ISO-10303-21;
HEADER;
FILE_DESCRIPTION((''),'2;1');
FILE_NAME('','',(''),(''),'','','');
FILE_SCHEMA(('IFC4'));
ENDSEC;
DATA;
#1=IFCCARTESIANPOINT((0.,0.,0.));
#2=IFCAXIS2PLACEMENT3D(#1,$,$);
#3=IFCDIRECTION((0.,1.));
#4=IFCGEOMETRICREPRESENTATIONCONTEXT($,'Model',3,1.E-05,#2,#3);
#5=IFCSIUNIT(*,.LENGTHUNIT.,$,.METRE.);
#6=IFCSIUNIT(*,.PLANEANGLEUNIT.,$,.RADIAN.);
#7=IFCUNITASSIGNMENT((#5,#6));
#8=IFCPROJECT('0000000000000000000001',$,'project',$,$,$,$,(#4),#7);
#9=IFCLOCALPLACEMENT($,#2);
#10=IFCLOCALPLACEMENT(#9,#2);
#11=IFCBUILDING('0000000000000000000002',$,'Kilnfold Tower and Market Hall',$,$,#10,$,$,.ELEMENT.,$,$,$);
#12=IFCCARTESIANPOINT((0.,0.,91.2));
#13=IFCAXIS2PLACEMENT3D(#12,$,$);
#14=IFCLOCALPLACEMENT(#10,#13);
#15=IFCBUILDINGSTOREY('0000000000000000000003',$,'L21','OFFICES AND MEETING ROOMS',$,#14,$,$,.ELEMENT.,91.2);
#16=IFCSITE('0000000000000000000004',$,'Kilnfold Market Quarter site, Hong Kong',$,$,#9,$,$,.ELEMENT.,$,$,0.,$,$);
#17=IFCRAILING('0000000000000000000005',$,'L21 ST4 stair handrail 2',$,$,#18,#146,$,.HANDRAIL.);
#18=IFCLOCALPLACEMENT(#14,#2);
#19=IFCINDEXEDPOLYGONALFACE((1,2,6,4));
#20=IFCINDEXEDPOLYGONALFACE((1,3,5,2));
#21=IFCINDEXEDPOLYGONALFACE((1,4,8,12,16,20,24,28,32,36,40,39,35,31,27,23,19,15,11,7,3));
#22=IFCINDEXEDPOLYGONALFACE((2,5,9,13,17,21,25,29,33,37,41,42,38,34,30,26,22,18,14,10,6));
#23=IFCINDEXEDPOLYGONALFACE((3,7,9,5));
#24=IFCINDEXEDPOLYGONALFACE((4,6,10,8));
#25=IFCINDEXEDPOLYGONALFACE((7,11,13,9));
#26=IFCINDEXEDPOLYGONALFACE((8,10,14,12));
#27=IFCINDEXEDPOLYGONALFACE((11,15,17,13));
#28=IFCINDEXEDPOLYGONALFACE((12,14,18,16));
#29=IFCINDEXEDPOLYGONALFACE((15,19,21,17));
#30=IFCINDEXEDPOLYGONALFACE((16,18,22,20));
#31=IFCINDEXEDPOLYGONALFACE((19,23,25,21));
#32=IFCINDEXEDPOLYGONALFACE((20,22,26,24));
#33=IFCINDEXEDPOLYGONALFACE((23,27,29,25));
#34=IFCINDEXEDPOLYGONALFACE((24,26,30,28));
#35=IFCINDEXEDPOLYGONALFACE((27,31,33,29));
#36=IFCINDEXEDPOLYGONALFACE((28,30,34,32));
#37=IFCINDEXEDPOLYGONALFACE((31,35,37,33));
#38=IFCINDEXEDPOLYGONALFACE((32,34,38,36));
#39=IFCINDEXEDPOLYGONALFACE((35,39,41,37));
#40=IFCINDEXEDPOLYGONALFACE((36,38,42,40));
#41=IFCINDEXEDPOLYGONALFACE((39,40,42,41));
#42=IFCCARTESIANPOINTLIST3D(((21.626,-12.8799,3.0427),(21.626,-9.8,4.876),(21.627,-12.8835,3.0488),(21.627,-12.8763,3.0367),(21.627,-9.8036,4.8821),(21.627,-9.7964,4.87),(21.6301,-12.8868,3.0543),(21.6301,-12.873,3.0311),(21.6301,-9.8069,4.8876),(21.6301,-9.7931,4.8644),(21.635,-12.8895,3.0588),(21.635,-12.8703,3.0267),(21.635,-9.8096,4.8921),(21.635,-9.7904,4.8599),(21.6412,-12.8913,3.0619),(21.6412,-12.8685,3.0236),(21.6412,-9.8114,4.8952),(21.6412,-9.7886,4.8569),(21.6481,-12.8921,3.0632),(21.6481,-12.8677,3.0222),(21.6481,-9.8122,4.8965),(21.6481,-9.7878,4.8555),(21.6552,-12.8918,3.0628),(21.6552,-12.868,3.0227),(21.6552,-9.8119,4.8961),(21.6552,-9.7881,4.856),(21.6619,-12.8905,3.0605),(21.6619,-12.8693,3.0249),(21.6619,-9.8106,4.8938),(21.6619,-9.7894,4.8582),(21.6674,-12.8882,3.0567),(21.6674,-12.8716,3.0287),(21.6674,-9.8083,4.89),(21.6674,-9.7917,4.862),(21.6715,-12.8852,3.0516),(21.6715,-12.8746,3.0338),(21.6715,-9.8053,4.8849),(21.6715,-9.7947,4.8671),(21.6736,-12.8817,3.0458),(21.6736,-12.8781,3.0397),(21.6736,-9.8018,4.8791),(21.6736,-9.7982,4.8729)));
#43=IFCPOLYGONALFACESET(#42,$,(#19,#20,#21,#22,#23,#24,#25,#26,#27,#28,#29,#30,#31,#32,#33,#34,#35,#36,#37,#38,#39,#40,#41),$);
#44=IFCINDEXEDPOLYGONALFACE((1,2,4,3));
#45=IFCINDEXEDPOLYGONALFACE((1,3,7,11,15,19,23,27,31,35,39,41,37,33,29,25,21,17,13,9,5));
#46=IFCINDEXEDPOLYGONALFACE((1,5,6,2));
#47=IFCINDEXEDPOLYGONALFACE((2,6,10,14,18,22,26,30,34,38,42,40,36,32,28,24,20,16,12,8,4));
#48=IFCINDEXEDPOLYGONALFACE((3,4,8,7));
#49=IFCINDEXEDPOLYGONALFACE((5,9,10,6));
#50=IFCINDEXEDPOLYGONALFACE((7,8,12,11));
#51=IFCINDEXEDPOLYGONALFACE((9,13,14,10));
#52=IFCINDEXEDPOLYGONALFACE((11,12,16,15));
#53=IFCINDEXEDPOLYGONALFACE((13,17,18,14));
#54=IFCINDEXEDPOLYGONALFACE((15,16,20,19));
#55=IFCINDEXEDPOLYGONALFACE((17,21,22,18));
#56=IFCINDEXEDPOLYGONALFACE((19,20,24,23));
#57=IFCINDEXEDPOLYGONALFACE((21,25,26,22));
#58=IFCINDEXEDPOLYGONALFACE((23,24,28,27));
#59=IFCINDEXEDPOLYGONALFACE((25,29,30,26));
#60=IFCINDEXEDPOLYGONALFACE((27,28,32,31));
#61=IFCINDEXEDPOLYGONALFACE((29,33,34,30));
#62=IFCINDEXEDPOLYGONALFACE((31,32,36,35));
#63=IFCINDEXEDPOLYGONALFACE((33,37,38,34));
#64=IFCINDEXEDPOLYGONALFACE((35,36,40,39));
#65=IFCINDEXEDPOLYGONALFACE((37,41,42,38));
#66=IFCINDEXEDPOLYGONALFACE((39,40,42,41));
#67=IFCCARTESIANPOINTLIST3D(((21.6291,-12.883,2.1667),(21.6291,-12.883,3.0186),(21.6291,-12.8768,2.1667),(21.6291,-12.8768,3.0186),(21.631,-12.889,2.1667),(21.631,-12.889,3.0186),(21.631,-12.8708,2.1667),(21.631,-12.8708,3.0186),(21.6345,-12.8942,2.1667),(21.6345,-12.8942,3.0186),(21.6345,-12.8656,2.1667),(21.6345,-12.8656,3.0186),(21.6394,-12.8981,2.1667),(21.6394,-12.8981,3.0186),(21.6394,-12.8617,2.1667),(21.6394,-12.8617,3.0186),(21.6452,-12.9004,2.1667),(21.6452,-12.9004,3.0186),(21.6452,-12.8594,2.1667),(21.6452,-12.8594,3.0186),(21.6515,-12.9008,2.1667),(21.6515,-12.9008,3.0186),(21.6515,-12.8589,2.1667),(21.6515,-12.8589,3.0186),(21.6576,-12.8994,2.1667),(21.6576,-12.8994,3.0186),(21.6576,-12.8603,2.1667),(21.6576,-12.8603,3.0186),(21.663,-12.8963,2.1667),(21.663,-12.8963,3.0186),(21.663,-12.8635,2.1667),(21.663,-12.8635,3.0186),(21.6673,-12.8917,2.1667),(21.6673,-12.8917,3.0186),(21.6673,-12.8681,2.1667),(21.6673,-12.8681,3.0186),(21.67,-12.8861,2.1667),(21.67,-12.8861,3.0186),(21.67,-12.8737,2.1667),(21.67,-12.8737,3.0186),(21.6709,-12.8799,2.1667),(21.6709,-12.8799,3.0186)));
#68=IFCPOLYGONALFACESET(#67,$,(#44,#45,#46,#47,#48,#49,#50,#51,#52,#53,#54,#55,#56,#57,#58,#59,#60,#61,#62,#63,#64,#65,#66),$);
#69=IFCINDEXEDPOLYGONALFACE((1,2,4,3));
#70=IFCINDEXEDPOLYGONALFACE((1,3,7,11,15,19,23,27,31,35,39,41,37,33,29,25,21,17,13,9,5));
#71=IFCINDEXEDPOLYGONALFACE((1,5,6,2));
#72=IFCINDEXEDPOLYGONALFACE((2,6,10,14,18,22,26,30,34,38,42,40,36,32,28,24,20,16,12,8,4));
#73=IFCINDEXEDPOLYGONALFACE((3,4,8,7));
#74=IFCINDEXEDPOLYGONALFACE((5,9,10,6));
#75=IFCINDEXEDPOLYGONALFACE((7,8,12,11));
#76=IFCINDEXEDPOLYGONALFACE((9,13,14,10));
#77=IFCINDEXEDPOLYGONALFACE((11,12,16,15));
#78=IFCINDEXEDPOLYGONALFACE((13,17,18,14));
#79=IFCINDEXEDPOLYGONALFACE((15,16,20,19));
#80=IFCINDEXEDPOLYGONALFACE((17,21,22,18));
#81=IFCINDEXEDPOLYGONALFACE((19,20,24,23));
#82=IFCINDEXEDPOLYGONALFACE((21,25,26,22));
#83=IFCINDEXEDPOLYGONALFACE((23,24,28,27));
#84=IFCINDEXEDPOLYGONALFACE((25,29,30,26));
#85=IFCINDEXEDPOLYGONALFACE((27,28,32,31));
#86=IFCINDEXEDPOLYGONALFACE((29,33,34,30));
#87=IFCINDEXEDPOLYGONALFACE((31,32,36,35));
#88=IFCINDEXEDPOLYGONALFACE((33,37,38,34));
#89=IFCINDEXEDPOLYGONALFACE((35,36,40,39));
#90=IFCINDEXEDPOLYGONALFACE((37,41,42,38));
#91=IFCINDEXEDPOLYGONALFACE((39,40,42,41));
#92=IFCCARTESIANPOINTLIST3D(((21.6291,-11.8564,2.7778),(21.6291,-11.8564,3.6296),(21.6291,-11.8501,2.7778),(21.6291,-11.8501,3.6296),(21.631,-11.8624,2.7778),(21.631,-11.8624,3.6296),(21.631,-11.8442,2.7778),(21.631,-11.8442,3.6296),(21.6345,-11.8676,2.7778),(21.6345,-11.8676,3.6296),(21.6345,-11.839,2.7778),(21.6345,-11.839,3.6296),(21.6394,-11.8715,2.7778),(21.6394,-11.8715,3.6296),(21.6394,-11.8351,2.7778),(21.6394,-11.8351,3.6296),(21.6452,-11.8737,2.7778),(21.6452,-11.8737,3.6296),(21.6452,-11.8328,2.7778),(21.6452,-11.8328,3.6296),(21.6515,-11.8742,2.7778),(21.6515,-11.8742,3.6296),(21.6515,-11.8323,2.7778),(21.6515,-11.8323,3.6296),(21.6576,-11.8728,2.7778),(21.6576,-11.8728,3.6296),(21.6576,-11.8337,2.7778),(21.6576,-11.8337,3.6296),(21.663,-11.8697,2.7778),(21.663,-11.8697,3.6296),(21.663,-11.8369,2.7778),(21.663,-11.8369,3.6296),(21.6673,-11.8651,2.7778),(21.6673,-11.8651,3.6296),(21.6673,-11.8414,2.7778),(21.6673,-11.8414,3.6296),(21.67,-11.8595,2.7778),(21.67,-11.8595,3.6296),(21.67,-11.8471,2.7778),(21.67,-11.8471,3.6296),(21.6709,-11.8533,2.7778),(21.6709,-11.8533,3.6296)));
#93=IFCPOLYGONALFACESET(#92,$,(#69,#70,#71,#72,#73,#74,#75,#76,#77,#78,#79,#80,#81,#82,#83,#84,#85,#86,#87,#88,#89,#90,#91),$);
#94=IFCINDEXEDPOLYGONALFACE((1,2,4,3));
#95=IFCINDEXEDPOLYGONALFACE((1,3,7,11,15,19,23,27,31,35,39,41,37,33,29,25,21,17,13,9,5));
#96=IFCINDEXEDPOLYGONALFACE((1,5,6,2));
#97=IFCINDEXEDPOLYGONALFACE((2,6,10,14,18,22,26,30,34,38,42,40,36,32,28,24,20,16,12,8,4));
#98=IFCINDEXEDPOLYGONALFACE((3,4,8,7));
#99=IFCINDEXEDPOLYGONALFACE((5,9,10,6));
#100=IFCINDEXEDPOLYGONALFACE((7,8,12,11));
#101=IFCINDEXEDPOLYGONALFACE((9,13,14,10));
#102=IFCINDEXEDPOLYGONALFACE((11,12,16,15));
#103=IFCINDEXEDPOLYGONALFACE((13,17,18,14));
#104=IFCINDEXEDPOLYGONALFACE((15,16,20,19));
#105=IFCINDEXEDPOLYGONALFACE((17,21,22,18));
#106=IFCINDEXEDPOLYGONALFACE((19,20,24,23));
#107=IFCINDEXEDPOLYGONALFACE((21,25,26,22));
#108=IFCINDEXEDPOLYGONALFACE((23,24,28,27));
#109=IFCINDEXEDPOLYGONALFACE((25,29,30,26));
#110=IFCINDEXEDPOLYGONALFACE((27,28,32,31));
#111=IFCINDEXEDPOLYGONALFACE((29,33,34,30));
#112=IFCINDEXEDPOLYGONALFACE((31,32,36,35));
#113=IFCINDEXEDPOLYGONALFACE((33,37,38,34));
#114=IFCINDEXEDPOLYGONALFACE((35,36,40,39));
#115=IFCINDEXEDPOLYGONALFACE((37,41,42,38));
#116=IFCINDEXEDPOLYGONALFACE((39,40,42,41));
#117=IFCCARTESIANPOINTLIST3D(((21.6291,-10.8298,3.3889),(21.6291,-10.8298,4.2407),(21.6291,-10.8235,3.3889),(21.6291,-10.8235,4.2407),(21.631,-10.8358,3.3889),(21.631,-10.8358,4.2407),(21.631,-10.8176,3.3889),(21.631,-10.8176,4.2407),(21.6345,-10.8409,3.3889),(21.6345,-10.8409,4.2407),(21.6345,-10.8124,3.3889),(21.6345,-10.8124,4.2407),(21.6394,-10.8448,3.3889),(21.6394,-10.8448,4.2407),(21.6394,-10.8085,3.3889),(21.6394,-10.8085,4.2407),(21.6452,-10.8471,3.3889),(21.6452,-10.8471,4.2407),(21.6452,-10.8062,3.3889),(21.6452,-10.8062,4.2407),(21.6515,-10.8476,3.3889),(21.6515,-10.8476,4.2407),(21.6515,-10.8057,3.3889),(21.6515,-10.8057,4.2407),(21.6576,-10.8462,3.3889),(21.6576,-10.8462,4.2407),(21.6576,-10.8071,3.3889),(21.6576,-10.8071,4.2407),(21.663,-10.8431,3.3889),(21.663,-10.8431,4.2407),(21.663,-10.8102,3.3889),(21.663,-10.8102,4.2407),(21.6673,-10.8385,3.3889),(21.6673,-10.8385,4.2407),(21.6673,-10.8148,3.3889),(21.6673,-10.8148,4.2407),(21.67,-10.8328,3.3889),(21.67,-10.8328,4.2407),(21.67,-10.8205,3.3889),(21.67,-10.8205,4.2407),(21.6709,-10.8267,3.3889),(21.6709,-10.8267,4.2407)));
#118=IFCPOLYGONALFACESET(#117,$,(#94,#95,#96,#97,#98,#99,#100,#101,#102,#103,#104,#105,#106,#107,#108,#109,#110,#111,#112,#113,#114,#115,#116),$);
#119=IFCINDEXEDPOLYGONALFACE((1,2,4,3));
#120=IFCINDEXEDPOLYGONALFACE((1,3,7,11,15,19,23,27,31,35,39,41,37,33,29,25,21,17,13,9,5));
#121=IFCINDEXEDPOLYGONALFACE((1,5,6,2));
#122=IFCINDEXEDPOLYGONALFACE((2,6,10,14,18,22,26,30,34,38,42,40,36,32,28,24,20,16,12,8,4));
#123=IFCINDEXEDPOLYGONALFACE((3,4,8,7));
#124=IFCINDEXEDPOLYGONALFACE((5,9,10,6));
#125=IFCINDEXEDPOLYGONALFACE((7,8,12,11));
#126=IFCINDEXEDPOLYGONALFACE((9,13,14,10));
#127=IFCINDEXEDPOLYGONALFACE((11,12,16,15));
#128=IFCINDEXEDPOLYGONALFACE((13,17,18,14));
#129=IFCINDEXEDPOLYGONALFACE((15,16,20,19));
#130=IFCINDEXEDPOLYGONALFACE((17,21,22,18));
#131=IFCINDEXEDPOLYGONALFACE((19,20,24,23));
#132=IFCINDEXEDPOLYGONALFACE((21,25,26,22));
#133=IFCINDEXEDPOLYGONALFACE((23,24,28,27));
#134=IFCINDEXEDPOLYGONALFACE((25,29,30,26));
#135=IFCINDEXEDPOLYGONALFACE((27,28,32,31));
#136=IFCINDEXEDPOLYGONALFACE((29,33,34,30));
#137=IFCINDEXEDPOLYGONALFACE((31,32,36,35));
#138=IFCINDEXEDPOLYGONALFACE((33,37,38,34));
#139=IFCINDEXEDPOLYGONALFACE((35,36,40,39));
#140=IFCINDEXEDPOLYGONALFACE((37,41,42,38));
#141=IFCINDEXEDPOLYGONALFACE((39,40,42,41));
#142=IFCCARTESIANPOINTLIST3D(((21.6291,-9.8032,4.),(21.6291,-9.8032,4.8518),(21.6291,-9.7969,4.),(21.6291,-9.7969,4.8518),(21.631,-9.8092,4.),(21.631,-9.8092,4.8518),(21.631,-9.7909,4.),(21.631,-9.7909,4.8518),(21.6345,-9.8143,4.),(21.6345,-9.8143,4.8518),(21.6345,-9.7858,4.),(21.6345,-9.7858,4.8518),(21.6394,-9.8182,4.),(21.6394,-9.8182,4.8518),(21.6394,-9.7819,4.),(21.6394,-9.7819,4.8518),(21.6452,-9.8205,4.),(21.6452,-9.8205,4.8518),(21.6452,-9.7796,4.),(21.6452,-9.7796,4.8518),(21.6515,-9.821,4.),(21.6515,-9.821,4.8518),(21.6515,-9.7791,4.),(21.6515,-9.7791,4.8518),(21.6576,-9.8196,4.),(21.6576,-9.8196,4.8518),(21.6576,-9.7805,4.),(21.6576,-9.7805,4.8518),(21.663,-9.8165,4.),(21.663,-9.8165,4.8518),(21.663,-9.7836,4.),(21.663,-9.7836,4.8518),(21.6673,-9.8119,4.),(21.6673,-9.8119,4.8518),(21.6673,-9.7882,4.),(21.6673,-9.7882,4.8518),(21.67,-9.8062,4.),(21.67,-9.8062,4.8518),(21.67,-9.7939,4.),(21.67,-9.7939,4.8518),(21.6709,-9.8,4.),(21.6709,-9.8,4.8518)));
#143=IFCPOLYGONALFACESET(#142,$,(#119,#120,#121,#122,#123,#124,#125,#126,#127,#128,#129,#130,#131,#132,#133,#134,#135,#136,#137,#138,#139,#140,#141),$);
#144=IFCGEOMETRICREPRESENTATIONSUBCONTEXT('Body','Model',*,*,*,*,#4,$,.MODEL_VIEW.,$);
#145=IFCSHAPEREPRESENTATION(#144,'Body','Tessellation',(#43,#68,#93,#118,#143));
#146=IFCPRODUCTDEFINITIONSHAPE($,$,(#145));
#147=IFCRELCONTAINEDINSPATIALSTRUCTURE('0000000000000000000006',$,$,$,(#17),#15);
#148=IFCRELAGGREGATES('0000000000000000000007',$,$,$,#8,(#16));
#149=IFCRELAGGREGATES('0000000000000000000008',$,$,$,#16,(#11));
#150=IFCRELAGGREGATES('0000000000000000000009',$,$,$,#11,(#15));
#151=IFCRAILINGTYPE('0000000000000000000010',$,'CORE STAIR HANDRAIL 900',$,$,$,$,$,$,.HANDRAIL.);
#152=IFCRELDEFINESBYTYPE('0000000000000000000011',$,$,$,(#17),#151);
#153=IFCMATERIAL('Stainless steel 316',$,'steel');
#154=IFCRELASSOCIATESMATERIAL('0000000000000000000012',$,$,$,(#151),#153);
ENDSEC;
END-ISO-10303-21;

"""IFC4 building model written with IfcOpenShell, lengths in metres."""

from ifc_helpers import new_model, si_unit, direction, frame, origin, origin_2d, place, context, subcontext, project, spatial, circle, extrude, material, type_object, element, save


model = new_model("IFC4")

# Units and contexts
model_context = context("Model", 3, precision=1e-05, world=origin(), true_north=direction((0.0, 1.0)))
body_context = subcontext(model_context, "Body", "Model", "MODEL_VIEW")
ifc_project = project(units=[si_unit("LENGTHUNIT", "METRE"), si_unit("PLANEANGLEUNIT", "RADIAN")], contexts=[model_context])

# Site, building, storey
site_placement = place(None, origin())
site = spatial("IfcSite", under=ifc_project, at=site_placement, Name="Kilnfold Market Quarter site, Hong Kong", CompositionType="ELEMENT", RefElevation=0.0)
building_placement = place(site_placement, origin())
building = spatial("IfcBuilding", under=site, at=building_placement, Name="Kilnfold Tower and Market Hall", CompositionType="ELEMENT")
storey_placement = place(building_placement, frame((0.0, 0.0, 91.2)))
storey = spatial("IfcBuildingStorey", under=building, at=storey_placement, Name="L21", Description="OFFICES AND MEETING ROOMS", CompositionType="ELEMENT", Elevation=91.2)

# Railing
ifc_material_1 = material(Name="Stainless steel 316", Category="steel")
railing_type_1 = type_object("IfcRailingType", Name="CORE STAIR HANDRAIL 900", PredefinedType="HANDRAIL", material=ifc_material_1)
railing_1_placement = place(storey_placement, frame((21.6499, -12.8799, 2.1667)))
element("IfcRailing", 1, at=railing_1_placement, inside=storey, type_object=railing_type_1, Name="L21 ST4 stair handrail 2", PredefinedType="HANDRAIL", context=body_context, shape_type="SweptSolid", body=[
    extrude(circle(Radius=0.0239, at=origin_2d()), frame((0.0, 0.0, 0.876), z_axis=(0.0, 0.859291, 0.511487), x_axis=(-1.0, 0.0, 0.0)), (0.0, 0.0, 1.0), 3.5842),
    extrude(circle(Radius=0.021, at=origin_2d()), origin(), (0.0, 0.0, 1.0), 0.8518),
    extrude(circle(Radius=0.021, at=origin_2d()), frame((0.0, 1.0266, 0.6111)), (0.0, 0.0, 1.0), 0.8518),
    extrude(circle(Radius=0.021, at=origin_2d()), frame((0.0, 2.0532, 1.2222)), (0.0, 0.0, 1.0), 0.8518),
    extrude(circle(Radius=0.021, at=origin_2d()), frame((0.0, 3.0798, 1.8333)), (0.0, 0.0, 1.0), 0.8518),
])

save(model, "model.ifc")
